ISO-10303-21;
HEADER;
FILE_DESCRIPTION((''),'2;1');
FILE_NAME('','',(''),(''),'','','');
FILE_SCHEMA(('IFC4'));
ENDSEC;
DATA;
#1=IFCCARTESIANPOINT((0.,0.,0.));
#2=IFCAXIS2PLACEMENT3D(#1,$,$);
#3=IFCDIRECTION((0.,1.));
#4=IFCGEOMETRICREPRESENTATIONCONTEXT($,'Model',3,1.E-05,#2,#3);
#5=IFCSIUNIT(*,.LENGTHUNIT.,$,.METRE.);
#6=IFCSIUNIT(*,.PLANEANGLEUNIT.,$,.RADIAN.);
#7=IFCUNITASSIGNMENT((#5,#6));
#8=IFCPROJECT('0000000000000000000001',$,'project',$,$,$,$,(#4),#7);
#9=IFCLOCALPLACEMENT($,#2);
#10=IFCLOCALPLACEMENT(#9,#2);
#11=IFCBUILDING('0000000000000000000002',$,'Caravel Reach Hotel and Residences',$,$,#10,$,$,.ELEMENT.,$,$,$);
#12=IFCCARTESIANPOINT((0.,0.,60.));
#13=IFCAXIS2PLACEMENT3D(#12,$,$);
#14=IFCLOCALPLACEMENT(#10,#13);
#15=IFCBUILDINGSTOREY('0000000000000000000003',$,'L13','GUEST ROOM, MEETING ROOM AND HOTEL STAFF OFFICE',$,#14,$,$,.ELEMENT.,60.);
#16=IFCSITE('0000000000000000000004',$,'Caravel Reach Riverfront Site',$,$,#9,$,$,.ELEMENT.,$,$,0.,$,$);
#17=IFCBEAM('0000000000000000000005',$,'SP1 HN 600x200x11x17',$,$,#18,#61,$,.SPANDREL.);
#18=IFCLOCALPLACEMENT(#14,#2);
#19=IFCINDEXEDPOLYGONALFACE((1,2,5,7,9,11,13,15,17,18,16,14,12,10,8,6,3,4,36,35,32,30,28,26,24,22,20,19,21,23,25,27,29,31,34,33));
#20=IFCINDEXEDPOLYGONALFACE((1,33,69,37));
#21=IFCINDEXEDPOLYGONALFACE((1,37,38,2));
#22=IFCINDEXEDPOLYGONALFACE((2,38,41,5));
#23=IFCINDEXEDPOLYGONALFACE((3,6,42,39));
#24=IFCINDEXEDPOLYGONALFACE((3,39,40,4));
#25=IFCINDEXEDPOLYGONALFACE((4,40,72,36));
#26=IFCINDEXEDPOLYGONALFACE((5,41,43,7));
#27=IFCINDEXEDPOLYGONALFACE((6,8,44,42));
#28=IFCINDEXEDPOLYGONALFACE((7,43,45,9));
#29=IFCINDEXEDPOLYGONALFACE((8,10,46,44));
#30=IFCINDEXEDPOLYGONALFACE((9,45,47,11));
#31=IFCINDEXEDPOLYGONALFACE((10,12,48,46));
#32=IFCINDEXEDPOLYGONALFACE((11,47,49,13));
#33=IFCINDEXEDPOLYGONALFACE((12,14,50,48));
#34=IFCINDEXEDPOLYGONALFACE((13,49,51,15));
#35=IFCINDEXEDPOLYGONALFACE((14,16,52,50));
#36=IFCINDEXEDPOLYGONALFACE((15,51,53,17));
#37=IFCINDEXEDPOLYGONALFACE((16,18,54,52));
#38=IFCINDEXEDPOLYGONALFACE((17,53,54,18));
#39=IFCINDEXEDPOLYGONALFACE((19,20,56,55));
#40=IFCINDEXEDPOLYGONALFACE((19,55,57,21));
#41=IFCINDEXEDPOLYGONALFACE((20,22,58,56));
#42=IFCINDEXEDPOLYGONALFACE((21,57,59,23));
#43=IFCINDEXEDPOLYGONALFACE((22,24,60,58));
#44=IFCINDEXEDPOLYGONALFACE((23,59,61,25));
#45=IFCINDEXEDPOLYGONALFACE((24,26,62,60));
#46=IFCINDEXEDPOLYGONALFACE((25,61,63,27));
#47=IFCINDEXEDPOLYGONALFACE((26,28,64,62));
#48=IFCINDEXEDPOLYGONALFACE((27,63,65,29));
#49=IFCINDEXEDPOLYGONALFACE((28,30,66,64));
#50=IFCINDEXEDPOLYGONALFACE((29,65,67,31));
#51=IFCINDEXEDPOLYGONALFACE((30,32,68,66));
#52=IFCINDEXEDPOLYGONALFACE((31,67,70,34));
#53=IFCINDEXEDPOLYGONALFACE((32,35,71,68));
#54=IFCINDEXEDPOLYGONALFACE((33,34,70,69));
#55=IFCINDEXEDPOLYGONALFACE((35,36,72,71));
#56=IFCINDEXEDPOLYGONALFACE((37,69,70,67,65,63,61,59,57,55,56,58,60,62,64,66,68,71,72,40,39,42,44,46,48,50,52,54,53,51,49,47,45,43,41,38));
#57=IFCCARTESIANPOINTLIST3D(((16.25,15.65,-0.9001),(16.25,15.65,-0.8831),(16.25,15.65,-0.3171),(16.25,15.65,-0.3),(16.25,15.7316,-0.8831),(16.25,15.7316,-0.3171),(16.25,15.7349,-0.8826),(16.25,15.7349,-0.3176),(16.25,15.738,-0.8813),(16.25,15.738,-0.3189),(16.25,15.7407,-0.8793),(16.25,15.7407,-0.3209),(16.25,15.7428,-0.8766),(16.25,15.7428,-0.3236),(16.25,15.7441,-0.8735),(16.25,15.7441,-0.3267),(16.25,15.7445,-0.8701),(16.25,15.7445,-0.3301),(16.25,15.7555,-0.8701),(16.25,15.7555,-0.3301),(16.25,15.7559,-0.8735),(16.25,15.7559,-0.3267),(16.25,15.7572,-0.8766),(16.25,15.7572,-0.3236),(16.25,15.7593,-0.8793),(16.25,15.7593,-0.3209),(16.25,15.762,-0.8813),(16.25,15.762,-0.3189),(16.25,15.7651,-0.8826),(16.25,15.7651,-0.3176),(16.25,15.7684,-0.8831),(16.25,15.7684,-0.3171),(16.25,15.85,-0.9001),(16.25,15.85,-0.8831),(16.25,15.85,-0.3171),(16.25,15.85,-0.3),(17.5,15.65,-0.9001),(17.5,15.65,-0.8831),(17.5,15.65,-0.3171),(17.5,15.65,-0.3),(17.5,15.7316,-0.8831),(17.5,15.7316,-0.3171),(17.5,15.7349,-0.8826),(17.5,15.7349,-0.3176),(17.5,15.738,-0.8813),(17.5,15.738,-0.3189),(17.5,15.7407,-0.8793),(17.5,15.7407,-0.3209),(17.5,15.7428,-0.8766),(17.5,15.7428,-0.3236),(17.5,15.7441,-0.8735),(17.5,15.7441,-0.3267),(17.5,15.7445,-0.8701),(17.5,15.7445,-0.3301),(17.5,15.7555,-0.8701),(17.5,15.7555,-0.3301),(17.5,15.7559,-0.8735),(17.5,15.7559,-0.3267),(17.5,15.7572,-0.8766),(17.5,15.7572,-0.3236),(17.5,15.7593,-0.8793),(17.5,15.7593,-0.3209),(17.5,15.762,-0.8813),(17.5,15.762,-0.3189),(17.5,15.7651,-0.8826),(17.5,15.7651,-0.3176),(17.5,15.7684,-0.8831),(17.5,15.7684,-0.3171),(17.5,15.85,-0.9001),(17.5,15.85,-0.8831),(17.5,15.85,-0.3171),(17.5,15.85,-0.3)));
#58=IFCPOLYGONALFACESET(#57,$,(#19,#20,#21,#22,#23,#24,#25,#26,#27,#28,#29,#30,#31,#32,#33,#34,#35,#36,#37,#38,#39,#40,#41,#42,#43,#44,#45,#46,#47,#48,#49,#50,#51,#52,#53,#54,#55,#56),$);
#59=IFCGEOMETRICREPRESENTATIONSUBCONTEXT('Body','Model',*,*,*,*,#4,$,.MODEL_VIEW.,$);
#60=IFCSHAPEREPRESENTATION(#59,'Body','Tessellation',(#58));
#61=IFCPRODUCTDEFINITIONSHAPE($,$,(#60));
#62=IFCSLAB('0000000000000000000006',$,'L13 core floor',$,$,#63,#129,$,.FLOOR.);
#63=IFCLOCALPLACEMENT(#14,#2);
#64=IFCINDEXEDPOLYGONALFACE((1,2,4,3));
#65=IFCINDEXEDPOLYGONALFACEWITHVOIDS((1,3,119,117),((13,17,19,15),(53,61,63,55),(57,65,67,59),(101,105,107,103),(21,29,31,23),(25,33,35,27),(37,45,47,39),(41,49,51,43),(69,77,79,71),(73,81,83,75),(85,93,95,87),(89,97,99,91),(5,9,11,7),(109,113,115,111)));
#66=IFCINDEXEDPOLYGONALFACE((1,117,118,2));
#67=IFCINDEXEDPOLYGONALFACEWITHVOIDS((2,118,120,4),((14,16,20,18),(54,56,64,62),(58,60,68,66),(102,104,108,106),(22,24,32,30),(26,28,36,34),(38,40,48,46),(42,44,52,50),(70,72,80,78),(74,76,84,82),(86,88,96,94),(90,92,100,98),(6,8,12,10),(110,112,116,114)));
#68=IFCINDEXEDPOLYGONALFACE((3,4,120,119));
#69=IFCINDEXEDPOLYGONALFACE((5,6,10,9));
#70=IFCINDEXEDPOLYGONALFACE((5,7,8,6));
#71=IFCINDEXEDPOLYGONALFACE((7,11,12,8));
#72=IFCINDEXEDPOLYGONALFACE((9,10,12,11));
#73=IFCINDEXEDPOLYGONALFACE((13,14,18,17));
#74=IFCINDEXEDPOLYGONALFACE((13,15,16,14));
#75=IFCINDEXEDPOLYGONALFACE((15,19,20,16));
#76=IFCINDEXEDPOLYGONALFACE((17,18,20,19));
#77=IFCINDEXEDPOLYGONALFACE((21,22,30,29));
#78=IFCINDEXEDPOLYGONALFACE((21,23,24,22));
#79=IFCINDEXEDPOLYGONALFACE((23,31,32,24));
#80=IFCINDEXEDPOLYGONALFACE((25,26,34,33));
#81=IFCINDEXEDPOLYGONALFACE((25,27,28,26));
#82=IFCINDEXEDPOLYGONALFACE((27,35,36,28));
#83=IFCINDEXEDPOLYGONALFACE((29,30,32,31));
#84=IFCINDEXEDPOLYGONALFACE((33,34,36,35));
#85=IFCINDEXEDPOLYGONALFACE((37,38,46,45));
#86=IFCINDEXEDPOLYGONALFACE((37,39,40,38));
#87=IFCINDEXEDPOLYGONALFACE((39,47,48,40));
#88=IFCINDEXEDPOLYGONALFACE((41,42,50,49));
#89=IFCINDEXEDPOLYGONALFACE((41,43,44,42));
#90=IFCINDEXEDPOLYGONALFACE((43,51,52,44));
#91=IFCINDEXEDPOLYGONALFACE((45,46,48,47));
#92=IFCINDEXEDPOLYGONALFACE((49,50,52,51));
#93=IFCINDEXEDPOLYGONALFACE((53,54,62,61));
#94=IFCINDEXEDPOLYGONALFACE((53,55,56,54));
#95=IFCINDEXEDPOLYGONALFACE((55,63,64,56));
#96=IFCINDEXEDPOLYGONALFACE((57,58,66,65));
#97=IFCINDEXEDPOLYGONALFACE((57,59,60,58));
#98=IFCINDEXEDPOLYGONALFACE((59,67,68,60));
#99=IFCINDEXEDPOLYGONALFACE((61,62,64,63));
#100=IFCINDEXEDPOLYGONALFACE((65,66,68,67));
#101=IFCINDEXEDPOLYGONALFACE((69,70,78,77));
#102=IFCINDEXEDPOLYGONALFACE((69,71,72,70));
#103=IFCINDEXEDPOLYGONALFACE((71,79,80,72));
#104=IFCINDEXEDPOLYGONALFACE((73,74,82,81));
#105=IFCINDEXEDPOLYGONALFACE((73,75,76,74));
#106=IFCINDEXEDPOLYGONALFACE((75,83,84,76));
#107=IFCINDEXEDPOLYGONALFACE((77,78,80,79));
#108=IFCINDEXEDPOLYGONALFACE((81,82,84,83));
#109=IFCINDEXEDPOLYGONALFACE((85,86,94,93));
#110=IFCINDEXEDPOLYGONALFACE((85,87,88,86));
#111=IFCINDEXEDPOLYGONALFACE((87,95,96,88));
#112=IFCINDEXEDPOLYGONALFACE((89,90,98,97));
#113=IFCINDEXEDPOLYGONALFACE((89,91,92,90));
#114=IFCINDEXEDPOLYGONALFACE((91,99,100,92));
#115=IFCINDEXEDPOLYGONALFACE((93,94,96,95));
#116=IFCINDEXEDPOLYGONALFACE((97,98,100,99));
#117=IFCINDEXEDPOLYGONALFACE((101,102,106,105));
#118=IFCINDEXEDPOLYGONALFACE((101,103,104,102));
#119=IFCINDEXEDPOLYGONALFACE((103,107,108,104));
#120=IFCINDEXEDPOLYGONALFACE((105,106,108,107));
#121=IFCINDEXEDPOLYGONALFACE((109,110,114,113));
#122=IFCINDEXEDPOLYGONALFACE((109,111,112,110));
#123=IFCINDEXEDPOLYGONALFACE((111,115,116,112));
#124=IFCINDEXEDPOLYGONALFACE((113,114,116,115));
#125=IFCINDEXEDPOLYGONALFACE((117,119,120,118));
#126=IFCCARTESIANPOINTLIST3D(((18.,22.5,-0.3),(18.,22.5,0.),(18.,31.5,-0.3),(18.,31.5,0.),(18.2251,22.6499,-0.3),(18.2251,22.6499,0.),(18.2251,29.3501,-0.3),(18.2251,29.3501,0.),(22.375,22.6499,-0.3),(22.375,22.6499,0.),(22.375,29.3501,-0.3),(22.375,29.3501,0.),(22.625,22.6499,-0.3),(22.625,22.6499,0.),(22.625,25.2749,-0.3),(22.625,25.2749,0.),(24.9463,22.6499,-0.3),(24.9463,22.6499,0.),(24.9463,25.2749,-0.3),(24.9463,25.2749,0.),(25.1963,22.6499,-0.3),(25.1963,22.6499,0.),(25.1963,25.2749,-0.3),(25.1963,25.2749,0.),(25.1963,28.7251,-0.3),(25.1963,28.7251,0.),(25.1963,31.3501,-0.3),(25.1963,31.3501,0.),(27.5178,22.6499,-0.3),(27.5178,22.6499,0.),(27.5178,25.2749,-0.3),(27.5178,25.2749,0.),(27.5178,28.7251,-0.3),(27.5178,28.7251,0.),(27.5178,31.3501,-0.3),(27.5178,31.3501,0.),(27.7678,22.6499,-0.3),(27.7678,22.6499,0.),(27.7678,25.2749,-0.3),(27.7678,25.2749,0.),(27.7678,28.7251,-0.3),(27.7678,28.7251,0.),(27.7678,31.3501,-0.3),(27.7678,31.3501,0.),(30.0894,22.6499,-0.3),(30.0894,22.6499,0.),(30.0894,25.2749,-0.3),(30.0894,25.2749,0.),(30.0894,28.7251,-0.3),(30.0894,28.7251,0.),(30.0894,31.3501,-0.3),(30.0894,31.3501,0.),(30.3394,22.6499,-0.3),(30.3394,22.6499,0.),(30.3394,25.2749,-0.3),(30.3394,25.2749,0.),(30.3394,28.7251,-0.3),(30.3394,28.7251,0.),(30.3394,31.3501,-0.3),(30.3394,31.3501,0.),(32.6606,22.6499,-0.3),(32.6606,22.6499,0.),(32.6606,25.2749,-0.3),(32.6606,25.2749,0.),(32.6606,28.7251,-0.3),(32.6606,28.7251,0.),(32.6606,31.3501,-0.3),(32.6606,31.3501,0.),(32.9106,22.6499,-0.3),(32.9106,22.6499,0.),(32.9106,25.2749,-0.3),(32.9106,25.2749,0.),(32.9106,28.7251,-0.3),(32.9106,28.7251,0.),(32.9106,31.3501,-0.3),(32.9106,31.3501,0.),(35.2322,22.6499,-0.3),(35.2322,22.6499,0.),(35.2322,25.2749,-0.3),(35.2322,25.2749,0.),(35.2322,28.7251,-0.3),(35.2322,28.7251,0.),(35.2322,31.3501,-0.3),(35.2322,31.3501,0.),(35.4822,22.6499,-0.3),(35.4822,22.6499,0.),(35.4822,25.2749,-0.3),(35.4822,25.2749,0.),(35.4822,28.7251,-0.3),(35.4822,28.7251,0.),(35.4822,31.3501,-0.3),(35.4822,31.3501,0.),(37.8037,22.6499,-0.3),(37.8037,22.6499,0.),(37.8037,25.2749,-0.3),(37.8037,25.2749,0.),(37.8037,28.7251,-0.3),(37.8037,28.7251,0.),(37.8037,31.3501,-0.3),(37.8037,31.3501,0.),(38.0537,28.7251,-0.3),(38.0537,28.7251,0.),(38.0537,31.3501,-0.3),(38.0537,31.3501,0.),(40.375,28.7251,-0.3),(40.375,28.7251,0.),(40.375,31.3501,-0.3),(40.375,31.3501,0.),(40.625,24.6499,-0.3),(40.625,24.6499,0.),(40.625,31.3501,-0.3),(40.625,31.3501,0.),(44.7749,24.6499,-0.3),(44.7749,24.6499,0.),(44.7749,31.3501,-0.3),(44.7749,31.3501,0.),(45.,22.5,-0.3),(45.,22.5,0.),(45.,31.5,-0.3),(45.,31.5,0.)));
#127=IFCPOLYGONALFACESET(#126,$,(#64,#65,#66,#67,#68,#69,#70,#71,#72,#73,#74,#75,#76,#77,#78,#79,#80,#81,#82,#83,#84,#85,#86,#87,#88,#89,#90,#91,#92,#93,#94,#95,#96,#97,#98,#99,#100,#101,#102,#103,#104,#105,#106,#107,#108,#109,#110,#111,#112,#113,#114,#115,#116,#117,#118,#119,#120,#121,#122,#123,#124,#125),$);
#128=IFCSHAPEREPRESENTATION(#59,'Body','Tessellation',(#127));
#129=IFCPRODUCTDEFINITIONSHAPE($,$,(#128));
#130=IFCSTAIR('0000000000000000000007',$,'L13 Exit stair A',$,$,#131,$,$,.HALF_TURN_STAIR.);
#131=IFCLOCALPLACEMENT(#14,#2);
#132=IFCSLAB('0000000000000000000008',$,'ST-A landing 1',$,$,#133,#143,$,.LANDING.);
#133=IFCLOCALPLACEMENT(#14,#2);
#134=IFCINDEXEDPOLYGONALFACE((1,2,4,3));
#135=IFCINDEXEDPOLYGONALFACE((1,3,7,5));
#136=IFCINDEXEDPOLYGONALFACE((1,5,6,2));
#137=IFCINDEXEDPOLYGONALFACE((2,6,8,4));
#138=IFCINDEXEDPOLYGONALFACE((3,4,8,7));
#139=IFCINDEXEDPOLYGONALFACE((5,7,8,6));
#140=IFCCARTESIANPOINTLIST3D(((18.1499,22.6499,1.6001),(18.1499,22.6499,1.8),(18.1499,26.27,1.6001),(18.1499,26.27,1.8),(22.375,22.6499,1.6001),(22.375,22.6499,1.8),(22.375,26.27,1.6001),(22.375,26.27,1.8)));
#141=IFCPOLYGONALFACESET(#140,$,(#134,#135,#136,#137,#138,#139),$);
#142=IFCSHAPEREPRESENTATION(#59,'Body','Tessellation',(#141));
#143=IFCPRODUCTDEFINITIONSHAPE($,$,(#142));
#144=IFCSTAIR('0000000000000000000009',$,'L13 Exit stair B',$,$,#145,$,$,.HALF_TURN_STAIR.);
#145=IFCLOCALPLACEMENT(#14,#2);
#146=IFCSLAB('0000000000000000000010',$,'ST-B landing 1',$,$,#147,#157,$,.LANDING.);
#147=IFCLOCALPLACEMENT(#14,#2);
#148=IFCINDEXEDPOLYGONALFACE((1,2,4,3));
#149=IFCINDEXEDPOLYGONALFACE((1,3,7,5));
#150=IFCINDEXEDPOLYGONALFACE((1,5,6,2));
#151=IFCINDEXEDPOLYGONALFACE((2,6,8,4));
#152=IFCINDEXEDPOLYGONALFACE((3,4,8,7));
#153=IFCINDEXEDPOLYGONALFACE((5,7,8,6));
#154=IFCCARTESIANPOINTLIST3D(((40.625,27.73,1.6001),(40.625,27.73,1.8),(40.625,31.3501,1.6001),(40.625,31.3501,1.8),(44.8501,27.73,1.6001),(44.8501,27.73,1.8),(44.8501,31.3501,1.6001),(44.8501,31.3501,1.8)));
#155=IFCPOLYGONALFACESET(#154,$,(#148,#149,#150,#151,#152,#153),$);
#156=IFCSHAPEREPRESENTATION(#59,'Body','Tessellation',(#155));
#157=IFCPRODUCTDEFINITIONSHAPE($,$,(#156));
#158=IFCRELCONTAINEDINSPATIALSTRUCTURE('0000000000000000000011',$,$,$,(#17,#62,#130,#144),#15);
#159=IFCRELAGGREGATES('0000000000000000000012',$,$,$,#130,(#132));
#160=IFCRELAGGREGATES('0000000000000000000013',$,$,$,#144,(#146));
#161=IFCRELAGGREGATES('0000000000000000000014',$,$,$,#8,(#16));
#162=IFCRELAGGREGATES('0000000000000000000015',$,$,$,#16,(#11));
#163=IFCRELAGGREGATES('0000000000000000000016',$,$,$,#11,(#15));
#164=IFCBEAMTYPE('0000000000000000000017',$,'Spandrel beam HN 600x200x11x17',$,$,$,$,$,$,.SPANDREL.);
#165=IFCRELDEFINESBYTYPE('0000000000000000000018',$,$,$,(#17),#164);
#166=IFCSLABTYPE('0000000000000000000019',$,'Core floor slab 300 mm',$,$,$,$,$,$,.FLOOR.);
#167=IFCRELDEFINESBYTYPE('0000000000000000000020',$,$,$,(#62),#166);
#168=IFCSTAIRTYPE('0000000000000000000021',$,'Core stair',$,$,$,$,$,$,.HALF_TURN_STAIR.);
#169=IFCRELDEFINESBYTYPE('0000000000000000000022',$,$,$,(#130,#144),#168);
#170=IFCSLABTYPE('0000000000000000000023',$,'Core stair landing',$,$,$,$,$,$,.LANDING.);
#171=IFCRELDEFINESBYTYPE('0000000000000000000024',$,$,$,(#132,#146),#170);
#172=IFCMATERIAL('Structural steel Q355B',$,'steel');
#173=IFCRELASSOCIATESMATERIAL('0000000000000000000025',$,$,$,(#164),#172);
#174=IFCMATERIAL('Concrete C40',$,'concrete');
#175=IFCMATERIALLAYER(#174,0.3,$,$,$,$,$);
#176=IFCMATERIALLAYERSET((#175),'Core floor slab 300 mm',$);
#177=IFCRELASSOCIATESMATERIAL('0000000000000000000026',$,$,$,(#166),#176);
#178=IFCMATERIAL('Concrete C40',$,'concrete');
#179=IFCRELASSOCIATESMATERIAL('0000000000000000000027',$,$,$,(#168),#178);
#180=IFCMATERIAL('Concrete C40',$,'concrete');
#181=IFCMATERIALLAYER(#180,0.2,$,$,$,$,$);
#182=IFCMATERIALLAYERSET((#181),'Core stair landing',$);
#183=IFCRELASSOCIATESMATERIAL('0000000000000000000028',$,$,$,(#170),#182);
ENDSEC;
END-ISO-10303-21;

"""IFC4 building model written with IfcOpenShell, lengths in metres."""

from ifc_helpers import new_model, si_unit, direction, frame, origin, origin_2d, place, context, subcontext, project, spatial, polyline, i_section, outline, extrude, material, layer, layer_set, material_profile, profile_set, type_object, element, aggregate, save


model = new_model("IFC4")

# Units and contexts
model_context = context("Model", 3, precision=1e-05, world=origin(), true_north=direction((0.0, 1.0)))
body_context = subcontext(model_context, "Body", "Model", "MODEL_VIEW")
ifc_project = project(units=[si_unit("LENGTHUNIT", "METRE"), si_unit("PLANEANGLEUNIT", "RADIAN")], contexts=[model_context])

# Site, building, storey
site_placement = place(None, origin())
site = spatial("IfcSite", under=ifc_project, at=site_placement, Name="Caravel Reach Riverfront Site", CompositionType="ELEMENT", RefElevation=0.0)
building_placement = place(site_placement, origin())
building = spatial("IfcBuilding", under=site, at=building_placement, Name="Caravel Reach Hotel and Residences", CompositionType="ELEMENT")
storey_placement = place(building_placement, frame((0.0, 0.0, 60.0)))
storey = spatial("IfcBuildingStorey", under=building, at=storey_placement, Name="L13", Description="GUEST ROOM, MEETING ROOM AND HOTEL STAFF OFFICE", CompositionType="ELEMENT", Elevation=60.0)

# Beam
ifc_material_1 = material(Name="Structural steel Q355B", Category="steel")
ifc_material_profile_1 = material_profile(ifc_material_1, i_section(OverallWidth=0.2, OverallDepth=0.6001, WebThickness=0.011, FlangeThickness=0.0171, FilletRadius=0.0129, at=origin_2d()), Name="HN 600x200x11x17")
ifc_profile_set_1 = profile_set([ifc_material_profile_1], Name="Structural steel Q355B")
beam_type = type_object("IfcBeamType", Name="Spandrel beam HN 600x200x11x17", PredefinedType="SPANDREL", material=ifc_profile_set_1)
for number, where, z_axis, x_axis, name in (
    (1, (16.25, 15.75, -0.6001), (1.0, 0.0, 0.0), (0.0, 1.0, 0.0), "SP1 HN 600x200x11x17"),
):
    element("IfcBeam", number, at=place(storey_placement, frame(where, z_axis=z_axis, x_axis=x_axis)), inside=storey, type_object=beam_type, Name=name, PredefinedType="SPANDREL", context=body_context, shape_type="SweptSolid", body=[
        extrude(i_section(OverallWidth=0.2, OverallDepth=0.6001, WebThickness=0.011, FlangeThickness=0.0171, FilletRadius=0.0129, at=origin_2d()), origin(), (0.0, 0.0, 1.0), 1.25),
    ])

# Slab
ifc_material_2 = material(Name="Concrete C40", Category="concrete")
ifc_layer_1 = layer(ifc_material_2, 0.3)
ifc_layer_set_1 = layer_set([ifc_layer_1], Name="Core floor slab 300 mm")
slab_type_1 = type_object("IfcSlabType", Name="Core floor slab 300 mm", PredefinedType="FLOOR", material=ifc_layer_set_1)
slab_1_placement = place(storey_placement, frame((0.0, 0.0, -0.3)))
element("IfcSlab", 2, at=slab_1_placement, inside=storey, type_object=slab_type_1, Name="L13 core floor", PredefinedType="FLOOR", context=body_context, shape_type="SweptSolid", body=[
    extrude(outline(polyline([(18.0, 31.5), (45.0, 31.5), (45.0, 22.5), (18.0, 22.5), (18.0, 31.5)]), holes=[polyline([(22.625, 25.2749), (22.625, 22.6499), (24.9463, 22.6499), (24.9463, 25.2749), (22.625, 25.2749)]), polyline([(27.5178, 25.2749), (25.1963, 25.2749), (25.1963, 22.6499), (27.5178, 22.6499), (27.5178, 25.2749)]), polyline([(30.0894, 25.2749), (27.7678, 25.2749), (27.7678, 22.6499), (30.0894, 22.6499), (30.0894, 25.2749)]), polyline([(32.6606, 25.2749), (30.3394, 25.2749), (30.3394, 22.6499), (32.6606, 22.6499), (32.6606, 25.2749)]), polyline([(18.2251, 22.6499), (22.375, 22.6499), (22.375, 29.3501), (18.2251, 29.3501), (18.2251, 22.6499)]), polyline([(27.5178, 31.3501), (25.1963, 31.3501), (25.1963, 28.7251), (27.5178, 28.7251), (27.5178, 31.3501)]), polyline([(30.0894, 31.3501), (27.7678, 31.3501), (27.7678, 28.7251), (30.0894, 28.7251), (30.0894, 31.3501)]), polyline([(32.9106, 25.2749), (32.9106, 22.6499), (35.2322, 22.6499), (35.2322, 25.2749), (32.9106, 25.2749)]), polyline([(37.8037, 25.2749), (35.4822, 25.2749), (35.4822, 22.6499), (37.8037, 22.6499), (37.8037, 25.2749)]), polyline([(44.7749, 31.3501), (40.625, 31.3501), (40.625, 24.6499), (44.7749, 24.6499), (44.7749, 31.3501)]), polyline([(32.6606, 31.3501), (30.3394, 31.3501), (30.3394, 28.7251), (32.6606, 28.7251), (32.6606, 31.3501)]), polyline([(35.2322, 31.3501), (32.9106, 31.3501), (32.9106, 28.7251), (35.2322, 28.7251), (35.2322, 31.3501)]), polyline([(37.8037, 31.3501), (35.4822, 31.3501), (35.4822, 28.7251), (37.8037, 28.7251), (37.8037, 31.3501)]), polyline([(40.375, 31.3501), (38.0537, 31.3501), (38.0537, 28.7251), (40.375, 28.7251), (40.375, 31.3501)])]), origin(), (0.0, 0.0, 1.0), 0.3),
])

# Stairs, slabs
ifc_material_3 = material(Name="Concrete C40", Category="concrete")
stair_type = type_object("IfcStairType", Name="Core stair", PredefinedType="HALF_TURN_STAIR", material=ifc_material_3)
stair_1_placement = place(storey_placement, origin())
stair_1 = element("IfcStair", 3, at=stair_1_placement, inside=storey, type_object=stair_type, Name="L13 Exit stair A", PredefinedType="HALF_TURN_STAIR")
ifc_material_4 = material(Name="Concrete C40", Category="concrete")
ifc_layer_2 = layer(ifc_material_4, 0.2)
ifc_layer_set_2 = layer_set([ifc_layer_2], Name="Core stair landing")
slab_type_2 = type_object("IfcSlabType", Name="Core stair landing", PredefinedType="LANDING", material=ifc_layer_set_2)
slab_2_placement = place(storey_placement, frame((0.0, 0.0, 1.6001)))
slab_2 = element("IfcSlab", 4, at=slab_2_placement, type_object=slab_type_2, Name="ST-A landing 1", PredefinedType="LANDING", context=body_context, shape_type="SweptSolid", body=[
    extrude(outline(polyline([(18.1499, 26.27), (18.1499, 22.6499), (22.375, 22.6499), (22.375, 26.27), (18.1499, 26.27)])), origin(), (0.0, 0.0, 1.0), 0.2),
])
aggregate(stair_1, [slab_2])
stair_2_placement = place(storey_placement, origin())
stair_2 = element("IfcStair", 5, at=stair_2_placement, inside=storey, type_object=stair_type, Name="L13 Exit stair B", PredefinedType="HALF_TURN_STAIR")
slab_3_placement = place(storey_placement, frame((0.0, 0.0, 1.6001)))
slab_3 = element("IfcSlab", 6, at=slab_3_placement, type_object=slab_type_2, Name="ST-B landing 1", PredefinedType="LANDING", context=body_context, shape_type="SweptSolid", body=[
    extrude(outline(polyline([(44.8501, 27.73), (44.8501, 31.3501), (40.625, 31.3501), (40.625, 27.73), (44.8501, 27.73)])), origin(), (0.0, 0.0, 1.0), 0.2),
])
aggregate(stair_2, [slab_3])

save(model, "model.ifc")
